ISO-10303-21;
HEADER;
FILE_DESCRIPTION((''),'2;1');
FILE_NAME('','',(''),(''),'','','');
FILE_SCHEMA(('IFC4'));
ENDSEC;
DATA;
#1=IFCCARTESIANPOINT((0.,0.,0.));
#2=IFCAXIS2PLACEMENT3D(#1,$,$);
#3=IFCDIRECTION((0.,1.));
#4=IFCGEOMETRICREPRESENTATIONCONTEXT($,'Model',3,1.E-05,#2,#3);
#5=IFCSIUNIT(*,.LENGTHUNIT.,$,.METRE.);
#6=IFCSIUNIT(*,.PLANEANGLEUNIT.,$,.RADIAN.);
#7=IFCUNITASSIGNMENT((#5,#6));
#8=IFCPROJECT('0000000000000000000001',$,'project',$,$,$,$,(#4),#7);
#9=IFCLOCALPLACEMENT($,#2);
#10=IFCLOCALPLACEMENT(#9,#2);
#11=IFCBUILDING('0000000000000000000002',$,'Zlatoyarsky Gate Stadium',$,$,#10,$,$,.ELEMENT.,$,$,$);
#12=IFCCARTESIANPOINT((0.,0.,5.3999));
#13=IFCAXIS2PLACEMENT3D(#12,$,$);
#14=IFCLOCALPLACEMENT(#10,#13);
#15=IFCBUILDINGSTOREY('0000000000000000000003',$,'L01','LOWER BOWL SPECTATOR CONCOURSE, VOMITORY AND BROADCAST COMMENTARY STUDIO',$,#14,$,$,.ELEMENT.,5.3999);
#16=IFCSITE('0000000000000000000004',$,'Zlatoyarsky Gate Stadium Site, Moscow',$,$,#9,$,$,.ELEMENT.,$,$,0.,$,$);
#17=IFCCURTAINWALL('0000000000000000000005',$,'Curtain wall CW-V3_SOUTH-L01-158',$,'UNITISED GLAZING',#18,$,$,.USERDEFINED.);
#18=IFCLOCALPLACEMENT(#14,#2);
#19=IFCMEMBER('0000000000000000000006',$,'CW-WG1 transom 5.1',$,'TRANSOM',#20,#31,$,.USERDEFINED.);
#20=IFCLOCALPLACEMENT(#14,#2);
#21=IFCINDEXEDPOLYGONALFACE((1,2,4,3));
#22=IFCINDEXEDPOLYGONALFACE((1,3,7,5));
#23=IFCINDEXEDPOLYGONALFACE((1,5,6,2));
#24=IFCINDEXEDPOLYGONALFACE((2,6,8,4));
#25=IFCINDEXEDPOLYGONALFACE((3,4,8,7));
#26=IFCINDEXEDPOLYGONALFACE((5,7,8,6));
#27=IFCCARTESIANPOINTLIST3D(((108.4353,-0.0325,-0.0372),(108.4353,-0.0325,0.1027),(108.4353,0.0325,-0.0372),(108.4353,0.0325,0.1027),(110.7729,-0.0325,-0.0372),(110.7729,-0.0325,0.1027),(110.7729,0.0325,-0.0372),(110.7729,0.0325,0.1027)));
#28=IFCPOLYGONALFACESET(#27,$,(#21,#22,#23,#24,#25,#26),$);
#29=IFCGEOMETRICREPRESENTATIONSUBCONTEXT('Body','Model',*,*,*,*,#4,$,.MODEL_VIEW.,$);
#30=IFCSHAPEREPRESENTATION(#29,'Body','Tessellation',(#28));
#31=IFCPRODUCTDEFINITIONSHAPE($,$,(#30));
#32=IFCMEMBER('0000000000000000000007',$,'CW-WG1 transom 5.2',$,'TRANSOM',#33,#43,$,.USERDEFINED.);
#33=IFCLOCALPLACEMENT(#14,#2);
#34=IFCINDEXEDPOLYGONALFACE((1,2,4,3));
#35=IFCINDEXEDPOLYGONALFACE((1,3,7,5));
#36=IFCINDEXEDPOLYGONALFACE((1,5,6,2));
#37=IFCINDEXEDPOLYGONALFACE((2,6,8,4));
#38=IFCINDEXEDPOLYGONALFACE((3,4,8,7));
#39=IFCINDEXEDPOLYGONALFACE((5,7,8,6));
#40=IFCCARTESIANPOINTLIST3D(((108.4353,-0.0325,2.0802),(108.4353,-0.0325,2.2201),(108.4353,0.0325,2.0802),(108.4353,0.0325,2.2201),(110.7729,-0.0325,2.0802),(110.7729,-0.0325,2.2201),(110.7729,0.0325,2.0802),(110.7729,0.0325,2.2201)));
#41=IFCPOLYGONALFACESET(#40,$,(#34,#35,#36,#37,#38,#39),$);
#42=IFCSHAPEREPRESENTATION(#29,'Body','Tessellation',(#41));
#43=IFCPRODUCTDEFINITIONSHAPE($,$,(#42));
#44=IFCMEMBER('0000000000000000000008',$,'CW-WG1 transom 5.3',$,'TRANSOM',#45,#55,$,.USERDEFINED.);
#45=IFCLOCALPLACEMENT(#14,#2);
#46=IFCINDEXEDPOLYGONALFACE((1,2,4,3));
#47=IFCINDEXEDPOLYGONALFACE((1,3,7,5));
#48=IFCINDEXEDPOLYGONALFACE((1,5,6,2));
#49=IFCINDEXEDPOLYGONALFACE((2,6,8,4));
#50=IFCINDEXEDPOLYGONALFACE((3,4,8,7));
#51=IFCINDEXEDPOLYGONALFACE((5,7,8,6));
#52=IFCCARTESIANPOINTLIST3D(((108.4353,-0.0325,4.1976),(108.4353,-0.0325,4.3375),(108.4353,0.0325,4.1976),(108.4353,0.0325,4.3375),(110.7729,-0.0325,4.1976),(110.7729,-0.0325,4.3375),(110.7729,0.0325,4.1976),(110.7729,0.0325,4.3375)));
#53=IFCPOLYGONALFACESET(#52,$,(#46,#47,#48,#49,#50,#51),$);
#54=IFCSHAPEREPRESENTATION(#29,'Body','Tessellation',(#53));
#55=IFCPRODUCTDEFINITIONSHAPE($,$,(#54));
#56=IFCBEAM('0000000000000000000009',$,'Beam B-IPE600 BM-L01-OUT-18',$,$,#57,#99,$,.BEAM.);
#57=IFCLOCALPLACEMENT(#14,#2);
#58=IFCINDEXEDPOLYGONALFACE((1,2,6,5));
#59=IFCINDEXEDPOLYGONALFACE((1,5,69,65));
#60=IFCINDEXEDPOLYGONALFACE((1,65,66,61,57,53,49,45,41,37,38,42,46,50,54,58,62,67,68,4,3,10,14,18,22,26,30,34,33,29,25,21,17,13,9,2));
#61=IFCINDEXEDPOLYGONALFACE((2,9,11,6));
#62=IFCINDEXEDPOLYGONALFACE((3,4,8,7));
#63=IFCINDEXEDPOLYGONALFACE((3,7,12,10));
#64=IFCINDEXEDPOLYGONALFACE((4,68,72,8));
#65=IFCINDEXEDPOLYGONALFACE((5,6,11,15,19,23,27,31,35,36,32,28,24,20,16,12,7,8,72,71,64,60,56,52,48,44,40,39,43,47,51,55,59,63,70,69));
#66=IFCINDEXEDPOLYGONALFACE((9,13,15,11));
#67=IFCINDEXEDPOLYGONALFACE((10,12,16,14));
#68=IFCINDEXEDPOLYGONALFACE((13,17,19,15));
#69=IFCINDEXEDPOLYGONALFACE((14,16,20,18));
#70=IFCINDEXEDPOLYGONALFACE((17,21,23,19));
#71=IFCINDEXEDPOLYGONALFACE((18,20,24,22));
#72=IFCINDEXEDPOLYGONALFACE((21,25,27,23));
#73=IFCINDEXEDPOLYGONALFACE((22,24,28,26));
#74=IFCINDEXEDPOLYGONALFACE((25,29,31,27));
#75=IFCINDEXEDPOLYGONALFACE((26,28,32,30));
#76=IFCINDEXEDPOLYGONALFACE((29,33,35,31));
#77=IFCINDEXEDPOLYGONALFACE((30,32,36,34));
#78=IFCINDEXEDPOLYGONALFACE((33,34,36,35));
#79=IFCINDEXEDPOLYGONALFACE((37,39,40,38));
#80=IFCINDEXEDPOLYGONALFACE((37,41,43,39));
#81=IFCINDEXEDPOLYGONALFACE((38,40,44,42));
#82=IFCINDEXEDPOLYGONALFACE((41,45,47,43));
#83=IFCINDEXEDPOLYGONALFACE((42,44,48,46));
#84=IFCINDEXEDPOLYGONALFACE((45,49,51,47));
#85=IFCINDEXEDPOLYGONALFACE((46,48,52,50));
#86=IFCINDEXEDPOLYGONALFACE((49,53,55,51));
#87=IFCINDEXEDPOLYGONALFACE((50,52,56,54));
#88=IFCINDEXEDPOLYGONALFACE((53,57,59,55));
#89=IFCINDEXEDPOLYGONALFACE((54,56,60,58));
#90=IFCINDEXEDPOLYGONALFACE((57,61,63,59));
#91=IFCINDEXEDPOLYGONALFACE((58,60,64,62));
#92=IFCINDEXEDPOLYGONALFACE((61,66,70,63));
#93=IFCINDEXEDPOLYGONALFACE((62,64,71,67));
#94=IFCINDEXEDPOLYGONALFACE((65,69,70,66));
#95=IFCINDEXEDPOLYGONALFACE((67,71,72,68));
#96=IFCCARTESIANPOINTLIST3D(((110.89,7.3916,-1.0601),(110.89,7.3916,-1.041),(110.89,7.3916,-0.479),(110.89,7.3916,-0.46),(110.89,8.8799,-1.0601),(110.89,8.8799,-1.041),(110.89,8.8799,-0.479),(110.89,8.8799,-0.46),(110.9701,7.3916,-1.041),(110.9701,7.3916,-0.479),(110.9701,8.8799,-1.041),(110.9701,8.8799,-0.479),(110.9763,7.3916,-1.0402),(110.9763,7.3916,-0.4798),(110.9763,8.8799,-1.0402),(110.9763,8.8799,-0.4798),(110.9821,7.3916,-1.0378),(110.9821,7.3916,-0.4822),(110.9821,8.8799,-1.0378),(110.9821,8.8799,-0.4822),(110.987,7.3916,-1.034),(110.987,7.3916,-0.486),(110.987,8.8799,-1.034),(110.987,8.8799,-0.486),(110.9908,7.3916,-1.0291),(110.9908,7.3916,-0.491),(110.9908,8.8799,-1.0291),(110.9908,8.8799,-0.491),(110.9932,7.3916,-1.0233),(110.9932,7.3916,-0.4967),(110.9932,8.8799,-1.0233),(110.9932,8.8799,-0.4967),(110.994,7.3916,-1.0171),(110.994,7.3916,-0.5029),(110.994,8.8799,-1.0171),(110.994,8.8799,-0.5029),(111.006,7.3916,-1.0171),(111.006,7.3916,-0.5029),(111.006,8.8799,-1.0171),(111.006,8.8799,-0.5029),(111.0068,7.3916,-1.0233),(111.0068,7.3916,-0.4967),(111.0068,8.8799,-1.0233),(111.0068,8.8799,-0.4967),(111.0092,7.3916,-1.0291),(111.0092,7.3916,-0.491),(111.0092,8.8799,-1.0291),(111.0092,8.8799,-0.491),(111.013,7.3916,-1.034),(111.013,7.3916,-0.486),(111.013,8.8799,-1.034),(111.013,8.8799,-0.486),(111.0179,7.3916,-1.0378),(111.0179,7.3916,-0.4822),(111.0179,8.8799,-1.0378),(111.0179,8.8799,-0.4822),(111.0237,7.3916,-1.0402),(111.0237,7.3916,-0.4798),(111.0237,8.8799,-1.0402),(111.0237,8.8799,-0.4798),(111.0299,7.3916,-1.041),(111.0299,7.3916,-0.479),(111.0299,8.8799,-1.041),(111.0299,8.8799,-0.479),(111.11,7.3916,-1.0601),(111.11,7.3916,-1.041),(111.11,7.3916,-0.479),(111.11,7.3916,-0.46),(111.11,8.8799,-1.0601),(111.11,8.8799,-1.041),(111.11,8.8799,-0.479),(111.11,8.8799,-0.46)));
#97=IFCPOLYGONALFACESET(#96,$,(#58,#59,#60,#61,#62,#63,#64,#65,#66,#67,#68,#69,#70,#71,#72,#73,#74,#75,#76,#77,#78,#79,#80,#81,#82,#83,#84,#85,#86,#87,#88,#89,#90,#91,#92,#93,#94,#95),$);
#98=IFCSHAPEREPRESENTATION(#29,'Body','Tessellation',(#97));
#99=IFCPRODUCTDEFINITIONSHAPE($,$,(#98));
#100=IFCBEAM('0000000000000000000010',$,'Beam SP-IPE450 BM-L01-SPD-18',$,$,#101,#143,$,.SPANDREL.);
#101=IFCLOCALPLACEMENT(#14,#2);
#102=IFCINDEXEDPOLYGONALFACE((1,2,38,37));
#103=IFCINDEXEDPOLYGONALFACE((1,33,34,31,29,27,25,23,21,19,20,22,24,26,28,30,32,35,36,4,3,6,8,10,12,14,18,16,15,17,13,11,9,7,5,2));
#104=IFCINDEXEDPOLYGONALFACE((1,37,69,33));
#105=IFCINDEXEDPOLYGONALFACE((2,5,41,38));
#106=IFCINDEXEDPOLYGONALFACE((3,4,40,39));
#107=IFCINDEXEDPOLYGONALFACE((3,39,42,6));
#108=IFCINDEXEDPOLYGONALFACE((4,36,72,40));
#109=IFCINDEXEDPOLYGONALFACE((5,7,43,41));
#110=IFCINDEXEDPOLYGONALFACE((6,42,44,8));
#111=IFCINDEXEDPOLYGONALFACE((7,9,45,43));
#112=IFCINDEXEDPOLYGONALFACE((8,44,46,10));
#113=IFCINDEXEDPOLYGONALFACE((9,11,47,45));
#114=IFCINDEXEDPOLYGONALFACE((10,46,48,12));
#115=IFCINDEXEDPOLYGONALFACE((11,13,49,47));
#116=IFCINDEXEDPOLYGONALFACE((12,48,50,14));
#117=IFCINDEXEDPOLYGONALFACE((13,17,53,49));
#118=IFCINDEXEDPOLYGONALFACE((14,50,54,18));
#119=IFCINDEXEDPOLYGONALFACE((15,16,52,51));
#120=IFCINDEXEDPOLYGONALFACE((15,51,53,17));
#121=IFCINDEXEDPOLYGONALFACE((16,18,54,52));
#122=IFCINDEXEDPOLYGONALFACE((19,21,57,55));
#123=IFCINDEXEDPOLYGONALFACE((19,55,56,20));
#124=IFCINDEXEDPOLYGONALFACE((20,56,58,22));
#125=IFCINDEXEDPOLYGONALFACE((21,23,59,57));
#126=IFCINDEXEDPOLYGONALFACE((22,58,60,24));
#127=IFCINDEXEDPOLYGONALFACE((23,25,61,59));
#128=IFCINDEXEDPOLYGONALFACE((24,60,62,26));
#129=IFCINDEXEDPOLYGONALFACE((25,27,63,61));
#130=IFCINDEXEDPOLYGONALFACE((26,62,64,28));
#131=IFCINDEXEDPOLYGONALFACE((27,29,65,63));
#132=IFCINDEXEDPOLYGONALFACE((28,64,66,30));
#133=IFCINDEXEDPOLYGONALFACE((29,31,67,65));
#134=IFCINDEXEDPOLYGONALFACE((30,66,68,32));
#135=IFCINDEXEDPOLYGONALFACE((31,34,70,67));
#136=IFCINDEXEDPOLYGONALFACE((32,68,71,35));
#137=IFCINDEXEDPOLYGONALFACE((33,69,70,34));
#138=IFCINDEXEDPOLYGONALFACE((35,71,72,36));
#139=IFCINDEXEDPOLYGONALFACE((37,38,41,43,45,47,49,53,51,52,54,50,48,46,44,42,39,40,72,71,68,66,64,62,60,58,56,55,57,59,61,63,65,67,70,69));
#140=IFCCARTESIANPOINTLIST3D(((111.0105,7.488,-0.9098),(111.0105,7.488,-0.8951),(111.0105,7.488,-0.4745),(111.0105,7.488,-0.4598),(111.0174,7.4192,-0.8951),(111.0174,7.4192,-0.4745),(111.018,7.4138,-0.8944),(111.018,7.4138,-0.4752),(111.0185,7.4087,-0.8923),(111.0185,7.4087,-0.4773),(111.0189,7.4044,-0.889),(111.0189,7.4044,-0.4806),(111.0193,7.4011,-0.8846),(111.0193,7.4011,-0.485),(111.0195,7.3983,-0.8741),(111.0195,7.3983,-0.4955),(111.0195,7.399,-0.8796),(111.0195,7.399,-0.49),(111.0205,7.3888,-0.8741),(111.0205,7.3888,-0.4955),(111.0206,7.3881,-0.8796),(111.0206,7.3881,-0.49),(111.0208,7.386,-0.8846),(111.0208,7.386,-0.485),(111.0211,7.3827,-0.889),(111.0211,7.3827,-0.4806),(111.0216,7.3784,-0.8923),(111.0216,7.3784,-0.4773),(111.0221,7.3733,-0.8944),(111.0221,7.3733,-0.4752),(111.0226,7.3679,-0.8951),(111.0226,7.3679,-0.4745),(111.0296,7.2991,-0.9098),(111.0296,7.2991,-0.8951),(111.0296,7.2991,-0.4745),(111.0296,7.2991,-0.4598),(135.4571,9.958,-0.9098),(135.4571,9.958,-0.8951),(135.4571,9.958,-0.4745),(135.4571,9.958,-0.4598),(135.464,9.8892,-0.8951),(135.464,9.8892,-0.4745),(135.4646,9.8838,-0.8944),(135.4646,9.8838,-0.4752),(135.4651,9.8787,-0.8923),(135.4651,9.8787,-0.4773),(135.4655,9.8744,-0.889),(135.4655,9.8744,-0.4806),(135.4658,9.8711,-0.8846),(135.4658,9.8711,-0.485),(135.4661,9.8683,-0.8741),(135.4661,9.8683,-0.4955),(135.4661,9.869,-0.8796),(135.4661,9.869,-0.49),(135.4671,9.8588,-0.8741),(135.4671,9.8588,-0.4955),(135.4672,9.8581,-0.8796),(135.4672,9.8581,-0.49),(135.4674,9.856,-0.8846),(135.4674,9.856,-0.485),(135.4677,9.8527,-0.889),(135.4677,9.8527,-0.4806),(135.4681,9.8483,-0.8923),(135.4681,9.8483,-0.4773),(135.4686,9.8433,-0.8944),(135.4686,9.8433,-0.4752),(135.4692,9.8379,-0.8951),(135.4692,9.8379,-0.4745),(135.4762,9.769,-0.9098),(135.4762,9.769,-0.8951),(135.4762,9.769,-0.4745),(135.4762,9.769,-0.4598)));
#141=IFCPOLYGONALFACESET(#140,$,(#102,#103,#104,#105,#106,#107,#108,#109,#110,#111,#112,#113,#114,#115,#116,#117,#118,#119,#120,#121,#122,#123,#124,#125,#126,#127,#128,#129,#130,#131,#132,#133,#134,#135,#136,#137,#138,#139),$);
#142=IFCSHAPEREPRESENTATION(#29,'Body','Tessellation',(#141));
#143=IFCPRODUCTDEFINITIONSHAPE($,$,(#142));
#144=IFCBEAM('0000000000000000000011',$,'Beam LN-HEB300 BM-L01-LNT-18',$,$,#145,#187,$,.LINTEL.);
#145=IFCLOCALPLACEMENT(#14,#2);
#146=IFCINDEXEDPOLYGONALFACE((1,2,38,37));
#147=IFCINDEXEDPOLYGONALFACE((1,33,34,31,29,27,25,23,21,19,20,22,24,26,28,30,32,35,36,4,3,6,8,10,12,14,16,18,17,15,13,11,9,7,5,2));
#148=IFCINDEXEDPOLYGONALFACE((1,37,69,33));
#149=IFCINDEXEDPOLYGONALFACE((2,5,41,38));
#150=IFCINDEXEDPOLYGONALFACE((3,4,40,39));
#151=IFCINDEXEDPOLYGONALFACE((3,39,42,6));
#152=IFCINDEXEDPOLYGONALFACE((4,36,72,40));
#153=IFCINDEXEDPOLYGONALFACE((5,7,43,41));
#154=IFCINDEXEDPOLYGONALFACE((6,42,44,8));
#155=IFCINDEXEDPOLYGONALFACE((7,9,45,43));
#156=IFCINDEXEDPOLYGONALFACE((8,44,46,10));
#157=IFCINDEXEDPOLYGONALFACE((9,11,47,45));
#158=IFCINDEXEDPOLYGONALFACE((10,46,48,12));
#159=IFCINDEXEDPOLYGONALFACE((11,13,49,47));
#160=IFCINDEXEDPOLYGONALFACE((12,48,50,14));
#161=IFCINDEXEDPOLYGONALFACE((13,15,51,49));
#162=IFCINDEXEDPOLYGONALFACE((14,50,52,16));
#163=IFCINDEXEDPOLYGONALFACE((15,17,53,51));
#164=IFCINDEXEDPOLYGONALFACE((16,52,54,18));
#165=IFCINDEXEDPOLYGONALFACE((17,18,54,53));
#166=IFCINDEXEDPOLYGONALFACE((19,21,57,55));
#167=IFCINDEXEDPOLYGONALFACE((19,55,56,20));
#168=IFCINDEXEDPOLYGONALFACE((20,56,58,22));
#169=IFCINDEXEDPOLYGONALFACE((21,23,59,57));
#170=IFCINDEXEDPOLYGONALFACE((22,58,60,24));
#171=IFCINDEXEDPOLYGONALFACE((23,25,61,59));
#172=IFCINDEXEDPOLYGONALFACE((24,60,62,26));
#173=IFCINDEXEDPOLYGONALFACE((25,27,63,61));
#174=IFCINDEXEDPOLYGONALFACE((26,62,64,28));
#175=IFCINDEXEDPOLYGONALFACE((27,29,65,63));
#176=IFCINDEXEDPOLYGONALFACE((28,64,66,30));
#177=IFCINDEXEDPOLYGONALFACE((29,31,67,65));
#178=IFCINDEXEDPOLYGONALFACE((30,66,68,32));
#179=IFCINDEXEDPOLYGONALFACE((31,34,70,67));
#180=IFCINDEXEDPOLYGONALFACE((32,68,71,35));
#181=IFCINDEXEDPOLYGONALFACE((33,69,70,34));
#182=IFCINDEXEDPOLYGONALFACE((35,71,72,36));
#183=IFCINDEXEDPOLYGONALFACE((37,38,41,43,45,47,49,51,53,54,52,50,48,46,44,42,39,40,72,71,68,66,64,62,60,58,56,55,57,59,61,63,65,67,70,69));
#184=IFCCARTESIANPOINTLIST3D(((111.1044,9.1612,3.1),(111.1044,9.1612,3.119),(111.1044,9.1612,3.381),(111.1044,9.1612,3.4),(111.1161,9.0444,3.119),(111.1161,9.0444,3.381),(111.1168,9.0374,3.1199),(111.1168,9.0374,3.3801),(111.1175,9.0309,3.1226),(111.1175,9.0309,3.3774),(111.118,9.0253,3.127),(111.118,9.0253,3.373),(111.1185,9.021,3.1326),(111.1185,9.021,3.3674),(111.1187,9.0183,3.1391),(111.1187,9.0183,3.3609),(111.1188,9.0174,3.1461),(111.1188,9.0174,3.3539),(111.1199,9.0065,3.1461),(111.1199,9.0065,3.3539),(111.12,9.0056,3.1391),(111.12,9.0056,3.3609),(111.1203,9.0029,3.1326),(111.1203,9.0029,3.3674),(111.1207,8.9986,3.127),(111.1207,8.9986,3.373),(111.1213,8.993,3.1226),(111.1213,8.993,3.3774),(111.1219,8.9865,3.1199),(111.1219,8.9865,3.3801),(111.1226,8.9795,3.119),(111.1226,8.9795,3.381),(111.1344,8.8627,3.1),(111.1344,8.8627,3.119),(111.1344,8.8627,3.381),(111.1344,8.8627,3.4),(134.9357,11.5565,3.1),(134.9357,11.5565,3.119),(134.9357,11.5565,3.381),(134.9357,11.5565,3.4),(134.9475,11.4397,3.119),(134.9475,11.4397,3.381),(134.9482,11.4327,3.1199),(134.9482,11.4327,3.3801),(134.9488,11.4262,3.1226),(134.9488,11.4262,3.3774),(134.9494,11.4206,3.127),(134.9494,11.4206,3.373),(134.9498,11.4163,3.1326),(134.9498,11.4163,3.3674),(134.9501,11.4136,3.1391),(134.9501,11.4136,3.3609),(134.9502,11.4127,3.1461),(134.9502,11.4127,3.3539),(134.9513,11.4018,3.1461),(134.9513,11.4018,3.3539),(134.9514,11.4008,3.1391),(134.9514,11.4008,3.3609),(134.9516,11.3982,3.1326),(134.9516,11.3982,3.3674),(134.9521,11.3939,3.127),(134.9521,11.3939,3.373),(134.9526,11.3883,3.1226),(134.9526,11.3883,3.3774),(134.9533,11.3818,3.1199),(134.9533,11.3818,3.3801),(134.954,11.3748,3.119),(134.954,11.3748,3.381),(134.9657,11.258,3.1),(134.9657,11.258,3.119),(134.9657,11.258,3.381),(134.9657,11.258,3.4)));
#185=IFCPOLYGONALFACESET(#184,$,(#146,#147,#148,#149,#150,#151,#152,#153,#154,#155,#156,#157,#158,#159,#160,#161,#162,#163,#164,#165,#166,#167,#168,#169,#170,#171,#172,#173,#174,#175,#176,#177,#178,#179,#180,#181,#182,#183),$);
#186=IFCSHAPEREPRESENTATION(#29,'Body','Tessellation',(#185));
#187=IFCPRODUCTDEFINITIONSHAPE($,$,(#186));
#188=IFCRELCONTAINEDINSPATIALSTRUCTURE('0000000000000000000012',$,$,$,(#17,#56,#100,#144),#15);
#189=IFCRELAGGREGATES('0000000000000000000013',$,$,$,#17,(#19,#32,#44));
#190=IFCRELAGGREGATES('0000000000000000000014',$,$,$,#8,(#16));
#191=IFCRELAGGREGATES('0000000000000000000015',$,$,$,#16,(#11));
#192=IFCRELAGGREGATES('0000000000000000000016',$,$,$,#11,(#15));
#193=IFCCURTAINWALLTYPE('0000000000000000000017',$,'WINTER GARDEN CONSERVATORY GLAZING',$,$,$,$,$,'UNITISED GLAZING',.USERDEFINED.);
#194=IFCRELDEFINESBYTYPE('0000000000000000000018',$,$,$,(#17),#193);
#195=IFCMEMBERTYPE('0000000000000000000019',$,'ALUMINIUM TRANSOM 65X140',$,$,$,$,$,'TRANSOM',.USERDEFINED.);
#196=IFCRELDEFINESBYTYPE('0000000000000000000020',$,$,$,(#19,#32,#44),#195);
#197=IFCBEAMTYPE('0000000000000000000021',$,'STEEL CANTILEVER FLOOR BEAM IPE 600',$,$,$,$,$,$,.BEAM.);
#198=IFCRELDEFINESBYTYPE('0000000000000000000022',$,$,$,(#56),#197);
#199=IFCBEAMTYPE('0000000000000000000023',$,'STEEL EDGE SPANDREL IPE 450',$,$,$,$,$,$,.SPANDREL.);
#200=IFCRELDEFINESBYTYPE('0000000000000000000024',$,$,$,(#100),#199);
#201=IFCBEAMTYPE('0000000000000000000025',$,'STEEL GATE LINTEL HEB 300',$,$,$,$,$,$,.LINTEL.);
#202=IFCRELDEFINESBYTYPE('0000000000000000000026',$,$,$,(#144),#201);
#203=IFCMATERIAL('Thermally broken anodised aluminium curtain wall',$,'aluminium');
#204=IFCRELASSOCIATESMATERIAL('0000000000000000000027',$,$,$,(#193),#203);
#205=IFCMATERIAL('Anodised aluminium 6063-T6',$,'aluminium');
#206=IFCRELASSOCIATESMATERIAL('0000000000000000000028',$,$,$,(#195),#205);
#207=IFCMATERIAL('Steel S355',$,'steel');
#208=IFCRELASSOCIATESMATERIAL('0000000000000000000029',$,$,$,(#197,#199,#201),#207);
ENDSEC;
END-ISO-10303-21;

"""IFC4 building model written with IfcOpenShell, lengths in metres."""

from ifc_helpers import new_model, si_unit, direction, frame, origin, origin_2d, place, context, subcontext, project, spatial, rectangle, i_section, extrude, material, material_profile, profile_set, type_object, element, aggregate, save


model = new_model("IFC4")

# Units and contexts
model_context = context("Model", 3, precision=1e-05, world=origin(), true_north=direction((0.0, 1.0)))
body_context = subcontext(model_context, "Body", "Model", "MODEL_VIEW")
ifc_project = project(units=[si_unit("LENGTHUNIT", "METRE"), si_unit("PLANEANGLEUNIT", "RADIAN")], contexts=[model_context])

# Site, building, storey
site_placement = place(None, origin())
site = spatial("IfcSite", under=ifc_project, at=site_placement, Name="Zlatoyarsky Gate Stadium Site, Moscow", CompositionType="ELEMENT", RefElevation=0.0)
building_placement = place(site_placement, origin())
building = spatial("IfcBuilding", under=site, at=building_placement, Name="Zlatoyarsky Gate Stadium", CompositionType="ELEMENT")
storey_placement = place(building_placement, frame((0.0, 0.0, 5.3999)))
storey = spatial("IfcBuildingStorey", under=building, at=storey_placement, Name="L01", Description="LOWER BOWL SPECTATOR CONCOURSE, VOMITORY AND BROADCAST COMMENTARY STUDIO", CompositionType="ELEMENT", Elevation=5.3999)

# Shared definitions
ifc_material_1 = material(Name="Steel S355", Category="steel")

# Curtain wall
ifc_material_2 = material(Name="Thermally broken anodised aluminium curtain wall", Category="aluminium")
ifc_material_3 = material(Name="Anodised aluminium 6063-T6", Category="aluminium")
curtain_wall_type_1 = type_object("IfcCurtainWallType", Name="WINTER GARDEN CONSERVATORY GLAZING", ElementType="UNITISED GLAZING", PredefinedType="USERDEFINED", material=ifc_material_2)
curtain_wall_1_placement = place(storey_placement, origin())
curtain_wall_1 = element("IfcCurtainWall", 1, at=curtain_wall_1_placement, inside=storey, type_object=curtain_wall_type_1, Name="Curtain wall CW-V3_SOUTH-L01-158", ObjectType="UNITISED GLAZING", PredefinedType="USERDEFINED")

# Members
ifc_material_profile_1 = material_profile(ifc_material_3, rectangle(XDim=0.0649, YDim=0.1399, at=origin_2d()), Name="ALU 65X140")
ifc_profile_set_1 = profile_set([ifc_material_profile_1], Name="Anodised aluminium 6063-T6")
member_type_1 = type_object("IfcMemberType", Name="ALUMINIUM TRANSOM 65X140", ElementType="TRANSOM", PredefinedType="USERDEFINED", material=ifc_profile_set_1)
member_1_placement = place(storey_placement, frame((108.4353, 0.0, 0.0327), z_axis=(1.0, 0.0, 0.0), x_axis=(0.0, 1.0, 0.0)))
member_1 = element("IfcMember", 2, at=member_1_placement, type_object=member_type_1, Name="CW-WG1 transom 5.1", ObjectType="TRANSOM", PredefinedType="USERDEFINED", context=body_context, shape_type="SweptSolid", body=[
    extrude(rectangle(XDim=0.0649, YDim=0.1399, at=origin_2d()), origin(), (0.0, 0.0, 1.0), 2.3376),
])
member_2_placement = place(storey_placement, frame((108.4353, 0.0, 2.1501), z_axis=(1.0, 0.0, 0.0), x_axis=(0.0, 1.0, 0.0)))
member_2 = element("IfcMember", 3, at=member_2_placement, type_object=member_type_1, Name="CW-WG1 transom 5.2", ObjectType="TRANSOM", PredefinedType="USERDEFINED", context=body_context, shape_type="SweptSolid", body=[
    extrude(rectangle(XDim=0.0649, YDim=0.1399, at=origin_2d()), origin(), (0.0, 0.0, 1.0), 2.3376),
])
member_3_placement = place(storey_placement, frame((108.4353, 0.0, 4.2676), z_axis=(1.0, 0.0, 0.0), x_axis=(0.0, 1.0, 0.0)))
member_3 = element("IfcMember", 4, at=member_3_placement, type_object=member_type_1, Name="CW-WG1 transom 5.3", ObjectType="TRANSOM", PredefinedType="USERDEFINED", context=body_context, shape_type="SweptSolid", body=[
    extrude(rectangle(XDim=0.0649, YDim=0.1399, at=origin_2d()), origin(), (0.0, 0.0, 1.0), 2.3376),
])

# Beams
ifc_material_profile_2 = material_profile(ifc_material_1, i_section(OverallWidth=0.22, OverallDepth=0.6001, WebThickness=0.012, FlangeThickness=0.019, FilletRadius=0.0239, at=origin_2d()), Name="IPE 600")
ifc_profile_set_2 = profile_set([ifc_material_profile_2], Name="Steel S355")
beam_type_1 = type_object("IfcBeamType", Name="STEEL CANTILEVER FLOOR BEAM IPE 600", PredefinedType="BEAM", material=ifc_profile_set_2)
beam_1_placement = place(storey_placement, frame((111.0, 8.8799, -0.76), z_axis=(0.0, -1.0, 0.0), x_axis=(1.0, 0.0, 0.0)))
element("IfcBeam", 5, at=beam_1_placement, inside=storey, type_object=beam_type_1, Name="Beam B-IPE600 BM-L01-OUT-18", PredefinedType="BEAM", context=body_context, shape_type="SweptSolid", body=[
    extrude(i_section(OverallWidth=0.22, OverallDepth=0.6001, WebThickness=0.012, FlangeThickness=0.019, FilletRadius=0.0239, at=origin_2d()), origin(), (0.0, 0.0, 1.0), 1.4883),
])
ifc_material_profile_3 = material_profile(ifc_material_1, i_section(OverallWidth=0.1899, OverallDepth=0.45, WebThickness=0.0095, FlangeThickness=0.0146, FilletRadius=0.021, at=origin_2d()), Name="IPE 450")
ifc_profile_set_3 = profile_set([ifc_material_profile_3], Name="Steel S355")
beam_type_2 = type_object("IfcBeamType", Name="STEEL EDGE SPANDREL IPE 450", PredefinedType="SPANDREL", material=ifc_profile_set_3)
beam_2_placement = place(storey_placement, frame((111.02, 7.3936, -0.6848), z_axis=(0.994935, 0.100524, 0.0), x_axis=(-0.100524, 0.994935, 0.0)))
element("IfcBeam", 6, at=beam_2_placement, inside=storey, type_object=beam_type_2, Name="Beam SP-IPE450 BM-L01-SPD-18", PredefinedType="SPANDREL", context=body_context, shape_type="SweptSolid", body=[
    extrude(i_section(OverallWidth=0.1899, OverallDepth=0.45, WebThickness=0.0095, FlangeThickness=0.0146, FilletRadius=0.021, at=origin_2d()), origin(), (0.0, 0.0, 1.0), 24.571),
])
ifc_material_profile_4 = material_profile(ifc_material_1, i_section(OverallWidth=0.3, OverallDepth=0.3, WebThickness=0.011, FlangeThickness=0.019, FilletRadius=0.0271, at=origin_2d()), Name="HEB 300")
ifc_profile_set_4 = profile_set([ifc_material_profile_4], Name="Steel S355")
beam_type_3 = type_object("IfcBeamType", Name="STEEL GATE LINTEL HEB 300", PredefinedType="LINTEL", material=ifc_profile_set_4)
beam_3_placement = place(storey_placement, frame((111.1194, 9.012, 3.25), z_axis=(0.994987, 0.100005, 0.0), x_axis=(-0.100005, 0.994987, 0.0)))
element("IfcBeam", 7, at=beam_3_placement, inside=storey, type_object=beam_type_3, Name="Beam LN-HEB300 BM-L01-LNT-18", PredefinedType="LINTEL", context=body_context, shape_type="SweptSolid", body=[
    extrude(i_section(OverallWidth=0.3, OverallDepth=0.3, WebThickness=0.011, FlangeThickness=0.019, FilletRadius=0.0271, at=origin_2d()), origin(), (0.0, 0.0, 1.0), 23.9514),
])

aggregate(curtain_wall_1, [member_1, member_2, member_3])

save(model, "model.ifc")
